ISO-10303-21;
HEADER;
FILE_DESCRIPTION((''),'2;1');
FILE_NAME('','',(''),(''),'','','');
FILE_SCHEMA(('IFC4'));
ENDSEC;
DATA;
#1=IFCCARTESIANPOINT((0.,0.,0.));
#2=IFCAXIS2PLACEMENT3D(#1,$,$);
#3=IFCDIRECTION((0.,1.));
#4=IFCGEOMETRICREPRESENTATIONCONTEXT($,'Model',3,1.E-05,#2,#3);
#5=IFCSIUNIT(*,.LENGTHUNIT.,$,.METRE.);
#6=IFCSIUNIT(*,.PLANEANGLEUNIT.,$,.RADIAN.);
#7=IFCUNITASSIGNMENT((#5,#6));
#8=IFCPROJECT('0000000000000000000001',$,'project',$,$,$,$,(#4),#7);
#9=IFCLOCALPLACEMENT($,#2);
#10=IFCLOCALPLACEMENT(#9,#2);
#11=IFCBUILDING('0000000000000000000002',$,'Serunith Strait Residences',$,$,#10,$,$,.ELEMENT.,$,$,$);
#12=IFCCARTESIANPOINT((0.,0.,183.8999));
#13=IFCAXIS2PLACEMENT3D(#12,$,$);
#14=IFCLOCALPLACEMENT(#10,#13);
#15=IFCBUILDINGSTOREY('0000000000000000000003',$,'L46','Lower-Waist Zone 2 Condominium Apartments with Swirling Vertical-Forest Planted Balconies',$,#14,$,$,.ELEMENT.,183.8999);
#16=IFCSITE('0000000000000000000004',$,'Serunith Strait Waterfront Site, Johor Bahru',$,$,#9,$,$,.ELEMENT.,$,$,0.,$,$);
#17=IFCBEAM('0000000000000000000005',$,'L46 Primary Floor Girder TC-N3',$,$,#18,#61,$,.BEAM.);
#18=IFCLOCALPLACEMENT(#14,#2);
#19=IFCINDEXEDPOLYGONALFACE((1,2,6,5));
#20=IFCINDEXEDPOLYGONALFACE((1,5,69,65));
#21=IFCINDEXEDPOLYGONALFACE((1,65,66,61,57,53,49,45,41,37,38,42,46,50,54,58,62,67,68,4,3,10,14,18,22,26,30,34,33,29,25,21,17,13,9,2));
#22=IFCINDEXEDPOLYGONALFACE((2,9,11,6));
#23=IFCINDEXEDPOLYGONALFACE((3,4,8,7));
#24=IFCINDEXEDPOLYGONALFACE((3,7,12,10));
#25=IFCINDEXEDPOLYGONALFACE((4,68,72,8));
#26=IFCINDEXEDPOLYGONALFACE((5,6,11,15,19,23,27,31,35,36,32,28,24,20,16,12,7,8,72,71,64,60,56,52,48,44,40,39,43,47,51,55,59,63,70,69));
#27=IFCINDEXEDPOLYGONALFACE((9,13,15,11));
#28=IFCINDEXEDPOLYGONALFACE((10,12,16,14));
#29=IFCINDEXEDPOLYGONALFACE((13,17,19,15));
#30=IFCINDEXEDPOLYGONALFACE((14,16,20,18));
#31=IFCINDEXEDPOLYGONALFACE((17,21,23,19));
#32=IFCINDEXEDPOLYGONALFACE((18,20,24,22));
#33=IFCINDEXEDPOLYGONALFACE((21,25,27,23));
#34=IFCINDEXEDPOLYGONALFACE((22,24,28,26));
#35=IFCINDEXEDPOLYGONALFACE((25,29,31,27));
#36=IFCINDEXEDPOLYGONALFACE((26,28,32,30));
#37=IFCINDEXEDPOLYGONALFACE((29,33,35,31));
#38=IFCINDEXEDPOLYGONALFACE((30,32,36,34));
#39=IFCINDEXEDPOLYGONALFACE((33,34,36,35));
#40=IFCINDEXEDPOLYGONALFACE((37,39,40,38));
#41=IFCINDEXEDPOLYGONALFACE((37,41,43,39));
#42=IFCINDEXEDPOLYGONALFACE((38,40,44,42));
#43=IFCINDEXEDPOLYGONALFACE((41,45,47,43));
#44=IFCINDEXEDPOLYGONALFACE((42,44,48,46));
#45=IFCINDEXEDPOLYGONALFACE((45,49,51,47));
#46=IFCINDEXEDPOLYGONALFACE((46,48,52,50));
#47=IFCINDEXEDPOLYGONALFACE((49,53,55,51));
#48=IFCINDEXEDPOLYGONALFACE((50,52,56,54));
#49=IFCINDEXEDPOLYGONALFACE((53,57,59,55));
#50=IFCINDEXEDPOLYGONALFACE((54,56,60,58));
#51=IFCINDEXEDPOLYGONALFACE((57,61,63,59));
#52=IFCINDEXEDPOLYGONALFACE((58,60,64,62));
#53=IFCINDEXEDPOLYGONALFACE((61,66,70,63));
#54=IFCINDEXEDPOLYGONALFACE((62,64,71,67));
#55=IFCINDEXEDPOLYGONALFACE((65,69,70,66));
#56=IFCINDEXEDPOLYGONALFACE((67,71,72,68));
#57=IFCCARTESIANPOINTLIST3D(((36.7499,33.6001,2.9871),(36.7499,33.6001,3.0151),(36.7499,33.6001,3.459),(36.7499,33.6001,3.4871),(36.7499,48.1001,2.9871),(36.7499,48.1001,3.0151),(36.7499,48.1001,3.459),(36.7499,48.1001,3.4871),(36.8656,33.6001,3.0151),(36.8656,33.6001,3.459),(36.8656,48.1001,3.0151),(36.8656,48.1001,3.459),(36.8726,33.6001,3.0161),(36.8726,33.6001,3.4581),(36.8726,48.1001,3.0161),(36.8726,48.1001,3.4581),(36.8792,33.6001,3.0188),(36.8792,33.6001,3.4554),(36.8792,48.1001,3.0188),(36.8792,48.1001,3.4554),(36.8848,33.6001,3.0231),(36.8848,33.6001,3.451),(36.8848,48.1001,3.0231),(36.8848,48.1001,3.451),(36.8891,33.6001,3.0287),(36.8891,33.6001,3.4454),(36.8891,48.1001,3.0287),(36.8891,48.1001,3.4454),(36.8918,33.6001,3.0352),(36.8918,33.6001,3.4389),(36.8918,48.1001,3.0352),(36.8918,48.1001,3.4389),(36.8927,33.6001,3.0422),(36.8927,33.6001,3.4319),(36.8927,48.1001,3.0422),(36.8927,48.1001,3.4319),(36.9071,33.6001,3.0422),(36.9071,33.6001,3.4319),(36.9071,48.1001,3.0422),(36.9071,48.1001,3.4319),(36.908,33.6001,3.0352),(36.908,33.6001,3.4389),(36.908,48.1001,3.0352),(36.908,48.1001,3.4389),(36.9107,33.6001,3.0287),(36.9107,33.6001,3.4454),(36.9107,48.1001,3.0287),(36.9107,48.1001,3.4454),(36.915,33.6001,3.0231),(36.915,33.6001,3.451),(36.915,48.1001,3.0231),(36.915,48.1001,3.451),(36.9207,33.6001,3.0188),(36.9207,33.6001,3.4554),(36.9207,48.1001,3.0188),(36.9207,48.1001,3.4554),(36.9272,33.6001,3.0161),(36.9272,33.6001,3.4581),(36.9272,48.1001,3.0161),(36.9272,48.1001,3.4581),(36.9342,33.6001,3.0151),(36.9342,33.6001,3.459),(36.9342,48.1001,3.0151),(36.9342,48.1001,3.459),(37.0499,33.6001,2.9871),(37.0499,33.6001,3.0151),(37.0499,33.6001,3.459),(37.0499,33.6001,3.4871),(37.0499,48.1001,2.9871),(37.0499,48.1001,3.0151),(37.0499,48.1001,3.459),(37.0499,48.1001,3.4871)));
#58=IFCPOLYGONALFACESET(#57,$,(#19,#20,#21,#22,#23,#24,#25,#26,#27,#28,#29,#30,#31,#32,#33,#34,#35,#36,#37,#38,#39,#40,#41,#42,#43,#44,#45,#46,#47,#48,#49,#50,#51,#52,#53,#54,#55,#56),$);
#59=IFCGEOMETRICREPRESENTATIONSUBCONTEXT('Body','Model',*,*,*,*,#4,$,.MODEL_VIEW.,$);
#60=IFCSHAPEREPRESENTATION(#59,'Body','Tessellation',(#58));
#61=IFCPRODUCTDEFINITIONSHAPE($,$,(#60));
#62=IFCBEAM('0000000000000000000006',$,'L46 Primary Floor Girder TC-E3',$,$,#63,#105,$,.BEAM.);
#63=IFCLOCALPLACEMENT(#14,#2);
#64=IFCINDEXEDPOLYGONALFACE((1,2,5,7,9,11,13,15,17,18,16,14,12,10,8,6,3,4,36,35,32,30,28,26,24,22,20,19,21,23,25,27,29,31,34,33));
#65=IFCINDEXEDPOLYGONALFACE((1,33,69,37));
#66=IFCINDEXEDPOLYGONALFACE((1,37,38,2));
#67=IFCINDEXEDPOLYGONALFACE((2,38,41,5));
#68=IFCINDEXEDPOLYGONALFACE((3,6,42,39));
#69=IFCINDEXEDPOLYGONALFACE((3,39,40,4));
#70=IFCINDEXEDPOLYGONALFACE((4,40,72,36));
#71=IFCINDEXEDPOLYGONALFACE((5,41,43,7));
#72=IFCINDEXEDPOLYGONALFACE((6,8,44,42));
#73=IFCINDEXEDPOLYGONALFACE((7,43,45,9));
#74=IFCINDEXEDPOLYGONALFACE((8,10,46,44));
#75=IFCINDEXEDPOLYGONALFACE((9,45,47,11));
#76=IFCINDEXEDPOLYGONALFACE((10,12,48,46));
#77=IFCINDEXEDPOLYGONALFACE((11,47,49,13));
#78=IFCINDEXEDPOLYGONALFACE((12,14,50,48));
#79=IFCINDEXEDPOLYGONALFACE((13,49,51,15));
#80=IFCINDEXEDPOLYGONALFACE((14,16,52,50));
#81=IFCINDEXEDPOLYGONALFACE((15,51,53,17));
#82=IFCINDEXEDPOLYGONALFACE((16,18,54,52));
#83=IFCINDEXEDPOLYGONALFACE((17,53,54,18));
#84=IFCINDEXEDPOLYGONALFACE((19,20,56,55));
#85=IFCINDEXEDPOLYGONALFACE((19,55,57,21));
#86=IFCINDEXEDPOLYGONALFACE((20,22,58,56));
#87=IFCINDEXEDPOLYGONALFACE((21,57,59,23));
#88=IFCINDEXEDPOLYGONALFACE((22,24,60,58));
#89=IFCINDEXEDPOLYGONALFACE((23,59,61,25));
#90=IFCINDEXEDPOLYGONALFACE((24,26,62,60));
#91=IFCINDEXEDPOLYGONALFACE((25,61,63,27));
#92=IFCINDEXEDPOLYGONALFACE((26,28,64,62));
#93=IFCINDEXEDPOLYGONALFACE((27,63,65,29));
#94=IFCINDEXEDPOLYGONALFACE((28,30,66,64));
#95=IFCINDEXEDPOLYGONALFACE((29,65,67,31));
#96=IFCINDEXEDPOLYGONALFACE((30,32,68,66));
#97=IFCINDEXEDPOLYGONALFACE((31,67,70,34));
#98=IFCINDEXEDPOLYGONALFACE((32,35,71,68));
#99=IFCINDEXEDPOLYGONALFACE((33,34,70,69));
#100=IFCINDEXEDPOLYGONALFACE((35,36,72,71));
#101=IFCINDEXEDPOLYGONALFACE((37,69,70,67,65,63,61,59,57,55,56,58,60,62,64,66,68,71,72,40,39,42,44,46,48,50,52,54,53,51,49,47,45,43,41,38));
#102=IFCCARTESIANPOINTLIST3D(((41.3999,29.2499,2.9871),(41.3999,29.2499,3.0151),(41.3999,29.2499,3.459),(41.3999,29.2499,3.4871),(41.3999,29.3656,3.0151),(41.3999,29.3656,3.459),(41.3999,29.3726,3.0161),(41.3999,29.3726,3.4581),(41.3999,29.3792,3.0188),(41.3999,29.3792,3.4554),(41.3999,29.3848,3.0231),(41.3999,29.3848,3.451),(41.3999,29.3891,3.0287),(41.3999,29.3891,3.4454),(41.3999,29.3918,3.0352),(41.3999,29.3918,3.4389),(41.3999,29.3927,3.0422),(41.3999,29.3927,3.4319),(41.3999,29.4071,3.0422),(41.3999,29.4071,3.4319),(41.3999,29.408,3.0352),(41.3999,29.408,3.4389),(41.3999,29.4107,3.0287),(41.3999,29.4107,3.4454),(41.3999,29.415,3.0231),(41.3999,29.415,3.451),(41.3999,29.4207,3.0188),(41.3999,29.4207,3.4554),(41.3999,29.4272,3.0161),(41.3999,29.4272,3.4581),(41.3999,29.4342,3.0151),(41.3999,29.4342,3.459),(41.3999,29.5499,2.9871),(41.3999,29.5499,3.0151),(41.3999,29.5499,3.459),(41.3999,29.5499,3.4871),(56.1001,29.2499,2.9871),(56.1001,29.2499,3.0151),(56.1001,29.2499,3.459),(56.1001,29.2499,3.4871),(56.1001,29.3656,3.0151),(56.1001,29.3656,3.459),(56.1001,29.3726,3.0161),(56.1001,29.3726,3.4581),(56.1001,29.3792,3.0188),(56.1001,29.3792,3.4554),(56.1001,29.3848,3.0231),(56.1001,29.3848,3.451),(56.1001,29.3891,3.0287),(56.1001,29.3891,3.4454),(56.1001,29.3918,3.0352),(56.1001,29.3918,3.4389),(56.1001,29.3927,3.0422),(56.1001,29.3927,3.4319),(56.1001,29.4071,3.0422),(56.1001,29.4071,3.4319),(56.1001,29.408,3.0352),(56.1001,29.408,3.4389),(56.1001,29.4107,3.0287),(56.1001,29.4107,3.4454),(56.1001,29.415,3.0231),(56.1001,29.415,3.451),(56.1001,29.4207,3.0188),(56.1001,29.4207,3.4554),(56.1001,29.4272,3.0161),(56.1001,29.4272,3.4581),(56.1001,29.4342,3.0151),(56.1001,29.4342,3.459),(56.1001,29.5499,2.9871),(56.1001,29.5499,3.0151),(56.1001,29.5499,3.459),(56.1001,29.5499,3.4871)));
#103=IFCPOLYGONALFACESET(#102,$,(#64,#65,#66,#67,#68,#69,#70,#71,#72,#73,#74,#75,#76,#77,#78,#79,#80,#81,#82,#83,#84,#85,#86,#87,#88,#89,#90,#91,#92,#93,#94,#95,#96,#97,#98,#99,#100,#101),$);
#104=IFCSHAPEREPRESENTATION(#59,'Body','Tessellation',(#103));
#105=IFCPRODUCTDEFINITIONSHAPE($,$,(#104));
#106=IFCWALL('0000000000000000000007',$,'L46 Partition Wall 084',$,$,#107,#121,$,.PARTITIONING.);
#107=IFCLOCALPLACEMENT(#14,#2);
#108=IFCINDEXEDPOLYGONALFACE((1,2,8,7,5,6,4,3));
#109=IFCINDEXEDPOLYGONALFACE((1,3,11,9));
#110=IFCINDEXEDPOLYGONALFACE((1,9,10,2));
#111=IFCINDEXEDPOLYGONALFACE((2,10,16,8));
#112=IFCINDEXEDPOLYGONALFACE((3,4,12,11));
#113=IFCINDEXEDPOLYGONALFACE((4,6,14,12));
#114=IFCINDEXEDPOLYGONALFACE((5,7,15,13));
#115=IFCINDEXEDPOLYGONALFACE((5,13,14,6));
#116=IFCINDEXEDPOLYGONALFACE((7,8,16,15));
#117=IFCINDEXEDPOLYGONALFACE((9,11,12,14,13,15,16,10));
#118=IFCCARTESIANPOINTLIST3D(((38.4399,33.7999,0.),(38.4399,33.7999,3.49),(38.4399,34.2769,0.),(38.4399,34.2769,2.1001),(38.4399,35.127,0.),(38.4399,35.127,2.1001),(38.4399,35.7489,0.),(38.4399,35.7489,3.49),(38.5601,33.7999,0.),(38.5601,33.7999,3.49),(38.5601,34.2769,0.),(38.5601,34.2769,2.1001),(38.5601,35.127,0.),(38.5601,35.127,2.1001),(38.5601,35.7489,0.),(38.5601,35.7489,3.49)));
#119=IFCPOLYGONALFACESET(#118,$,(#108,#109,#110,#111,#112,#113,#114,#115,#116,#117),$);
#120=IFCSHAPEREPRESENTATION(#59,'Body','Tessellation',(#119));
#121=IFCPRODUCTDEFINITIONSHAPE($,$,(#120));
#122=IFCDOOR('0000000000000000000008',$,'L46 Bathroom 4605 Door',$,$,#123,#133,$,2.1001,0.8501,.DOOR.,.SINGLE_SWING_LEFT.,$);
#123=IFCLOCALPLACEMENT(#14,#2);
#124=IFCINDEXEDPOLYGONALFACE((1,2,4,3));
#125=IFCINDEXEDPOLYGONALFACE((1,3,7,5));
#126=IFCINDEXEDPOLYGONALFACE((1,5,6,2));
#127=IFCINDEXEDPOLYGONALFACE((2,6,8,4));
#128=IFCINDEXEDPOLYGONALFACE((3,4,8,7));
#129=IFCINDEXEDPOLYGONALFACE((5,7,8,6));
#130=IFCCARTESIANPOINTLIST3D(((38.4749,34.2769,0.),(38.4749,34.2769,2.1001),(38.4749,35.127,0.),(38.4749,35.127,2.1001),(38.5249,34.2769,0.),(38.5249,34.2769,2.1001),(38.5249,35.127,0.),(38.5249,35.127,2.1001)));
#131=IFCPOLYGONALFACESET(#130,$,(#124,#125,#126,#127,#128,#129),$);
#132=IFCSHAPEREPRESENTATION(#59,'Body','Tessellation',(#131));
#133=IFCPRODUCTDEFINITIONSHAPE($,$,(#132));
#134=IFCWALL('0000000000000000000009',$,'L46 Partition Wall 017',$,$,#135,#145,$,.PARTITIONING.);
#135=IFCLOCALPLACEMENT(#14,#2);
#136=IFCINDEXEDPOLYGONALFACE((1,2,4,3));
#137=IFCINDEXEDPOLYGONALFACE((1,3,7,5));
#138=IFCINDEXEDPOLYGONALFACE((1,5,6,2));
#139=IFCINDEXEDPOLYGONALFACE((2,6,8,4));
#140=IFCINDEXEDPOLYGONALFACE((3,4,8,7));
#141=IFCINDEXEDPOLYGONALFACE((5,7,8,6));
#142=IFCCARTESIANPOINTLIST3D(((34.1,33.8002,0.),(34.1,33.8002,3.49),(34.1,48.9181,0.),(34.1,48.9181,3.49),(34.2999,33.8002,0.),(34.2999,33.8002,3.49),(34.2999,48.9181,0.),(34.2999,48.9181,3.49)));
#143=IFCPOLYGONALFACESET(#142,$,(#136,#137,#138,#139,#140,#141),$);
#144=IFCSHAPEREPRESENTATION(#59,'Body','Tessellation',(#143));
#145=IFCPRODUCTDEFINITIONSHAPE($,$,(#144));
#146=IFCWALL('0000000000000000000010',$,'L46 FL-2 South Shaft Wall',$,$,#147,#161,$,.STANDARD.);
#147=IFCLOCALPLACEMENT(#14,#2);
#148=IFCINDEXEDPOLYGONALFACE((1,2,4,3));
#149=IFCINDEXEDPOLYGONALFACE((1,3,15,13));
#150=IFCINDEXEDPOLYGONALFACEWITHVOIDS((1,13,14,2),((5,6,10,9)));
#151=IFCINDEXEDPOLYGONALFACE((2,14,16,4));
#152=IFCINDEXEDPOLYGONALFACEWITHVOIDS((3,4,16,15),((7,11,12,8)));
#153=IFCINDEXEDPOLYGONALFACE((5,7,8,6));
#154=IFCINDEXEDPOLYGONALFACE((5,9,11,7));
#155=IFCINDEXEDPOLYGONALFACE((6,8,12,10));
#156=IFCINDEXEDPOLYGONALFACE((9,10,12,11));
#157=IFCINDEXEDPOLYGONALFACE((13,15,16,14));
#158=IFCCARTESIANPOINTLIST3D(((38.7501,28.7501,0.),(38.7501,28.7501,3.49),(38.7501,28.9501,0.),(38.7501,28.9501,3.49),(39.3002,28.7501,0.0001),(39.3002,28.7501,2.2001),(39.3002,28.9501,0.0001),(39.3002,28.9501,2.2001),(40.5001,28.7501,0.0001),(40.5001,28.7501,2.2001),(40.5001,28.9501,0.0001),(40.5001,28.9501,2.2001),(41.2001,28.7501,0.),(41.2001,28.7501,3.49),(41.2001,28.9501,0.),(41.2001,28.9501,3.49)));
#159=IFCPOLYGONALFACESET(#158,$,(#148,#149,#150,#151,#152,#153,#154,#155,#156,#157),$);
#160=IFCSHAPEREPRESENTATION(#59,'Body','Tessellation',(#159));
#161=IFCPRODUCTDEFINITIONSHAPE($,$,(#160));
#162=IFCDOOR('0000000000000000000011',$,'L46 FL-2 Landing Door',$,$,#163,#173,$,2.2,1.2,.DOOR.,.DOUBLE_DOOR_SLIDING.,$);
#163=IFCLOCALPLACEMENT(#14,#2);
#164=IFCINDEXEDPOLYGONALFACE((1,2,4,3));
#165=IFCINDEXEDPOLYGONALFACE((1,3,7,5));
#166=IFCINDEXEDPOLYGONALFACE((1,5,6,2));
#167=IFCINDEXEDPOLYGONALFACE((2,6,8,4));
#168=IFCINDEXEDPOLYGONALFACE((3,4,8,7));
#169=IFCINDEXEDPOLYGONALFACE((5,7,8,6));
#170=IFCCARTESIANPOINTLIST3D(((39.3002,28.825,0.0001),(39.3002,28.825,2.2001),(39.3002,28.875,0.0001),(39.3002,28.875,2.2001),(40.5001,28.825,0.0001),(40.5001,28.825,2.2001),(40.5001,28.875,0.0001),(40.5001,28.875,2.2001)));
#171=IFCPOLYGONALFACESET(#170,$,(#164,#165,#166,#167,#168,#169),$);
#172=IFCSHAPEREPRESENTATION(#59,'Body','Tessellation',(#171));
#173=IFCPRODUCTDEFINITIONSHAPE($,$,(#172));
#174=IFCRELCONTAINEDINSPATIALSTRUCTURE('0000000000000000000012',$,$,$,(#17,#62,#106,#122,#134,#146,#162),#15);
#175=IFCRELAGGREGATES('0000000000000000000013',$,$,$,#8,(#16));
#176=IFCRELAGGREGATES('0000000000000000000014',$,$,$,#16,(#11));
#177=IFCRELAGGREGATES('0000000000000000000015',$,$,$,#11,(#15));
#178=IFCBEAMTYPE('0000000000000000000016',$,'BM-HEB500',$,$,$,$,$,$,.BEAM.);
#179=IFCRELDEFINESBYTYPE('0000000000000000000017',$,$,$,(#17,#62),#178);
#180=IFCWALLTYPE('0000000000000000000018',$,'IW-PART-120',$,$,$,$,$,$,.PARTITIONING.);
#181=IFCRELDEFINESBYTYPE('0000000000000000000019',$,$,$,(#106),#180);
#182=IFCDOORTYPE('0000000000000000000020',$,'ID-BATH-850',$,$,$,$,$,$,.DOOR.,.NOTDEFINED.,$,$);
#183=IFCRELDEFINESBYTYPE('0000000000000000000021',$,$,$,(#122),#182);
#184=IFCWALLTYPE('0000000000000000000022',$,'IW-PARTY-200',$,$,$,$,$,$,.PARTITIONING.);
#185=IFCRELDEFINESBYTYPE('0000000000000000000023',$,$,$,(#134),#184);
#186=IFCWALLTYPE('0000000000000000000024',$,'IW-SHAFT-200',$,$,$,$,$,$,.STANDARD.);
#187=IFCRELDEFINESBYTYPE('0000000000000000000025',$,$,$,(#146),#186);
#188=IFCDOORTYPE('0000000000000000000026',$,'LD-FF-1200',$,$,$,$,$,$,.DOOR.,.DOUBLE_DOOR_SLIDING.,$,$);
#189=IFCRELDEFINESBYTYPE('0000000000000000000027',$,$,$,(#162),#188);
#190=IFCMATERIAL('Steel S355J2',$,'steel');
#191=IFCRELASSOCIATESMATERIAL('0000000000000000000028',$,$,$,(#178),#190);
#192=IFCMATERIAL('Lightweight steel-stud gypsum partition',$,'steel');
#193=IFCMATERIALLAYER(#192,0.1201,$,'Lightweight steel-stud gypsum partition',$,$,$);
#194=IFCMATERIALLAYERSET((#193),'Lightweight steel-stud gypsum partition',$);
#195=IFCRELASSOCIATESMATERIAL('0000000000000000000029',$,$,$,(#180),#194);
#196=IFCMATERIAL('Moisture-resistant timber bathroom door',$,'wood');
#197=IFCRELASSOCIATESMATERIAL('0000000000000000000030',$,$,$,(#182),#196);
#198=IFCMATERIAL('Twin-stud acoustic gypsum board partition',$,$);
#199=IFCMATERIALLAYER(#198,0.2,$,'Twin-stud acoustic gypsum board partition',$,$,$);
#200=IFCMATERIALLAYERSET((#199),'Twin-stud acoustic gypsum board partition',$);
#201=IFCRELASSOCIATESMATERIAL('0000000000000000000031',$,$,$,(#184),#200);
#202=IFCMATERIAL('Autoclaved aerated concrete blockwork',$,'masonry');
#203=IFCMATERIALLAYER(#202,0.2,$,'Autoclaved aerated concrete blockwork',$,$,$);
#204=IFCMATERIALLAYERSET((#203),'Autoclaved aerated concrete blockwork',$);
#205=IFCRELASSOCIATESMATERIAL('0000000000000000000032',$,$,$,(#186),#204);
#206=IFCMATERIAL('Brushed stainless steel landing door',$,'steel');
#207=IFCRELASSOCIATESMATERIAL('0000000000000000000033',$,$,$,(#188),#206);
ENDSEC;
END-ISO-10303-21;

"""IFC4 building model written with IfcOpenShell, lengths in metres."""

from ifc_helpers import new_model, si_unit, direction, frame, frame_2d, origin, origin_2d, place, context, subcontext, project, spatial, rectangle, i_section, extrude, source, transform, mapped, material, layer, layer_set, material_profile, profile_set, type_object, element, fill, save


model = new_model("IFC4")

# Units and contexts
model_context = context("Model", 3, precision=1e-05, world=origin(), true_north=direction((0.0, 1.0)))
body_context = subcontext(model_context, "Body", "Model", "MODEL_VIEW")
ifc_project = project(units=[si_unit("LENGTHUNIT", "METRE"), si_unit("PLANEANGLEUNIT", "RADIAN")], contexts=[model_context])

# Site, building, storey
site_placement = place(None, origin())
site = spatial("IfcSite", under=ifc_project, at=site_placement, Name="Serunith Strait Waterfront Site, Johor Bahru", CompositionType="ELEMENT", RefElevation=0.0)
building_placement = place(site_placement, origin())
building = spatial("IfcBuilding", under=site, at=building_placement, Name="Serunith Strait Residences", CompositionType="ELEMENT")
storey_placement = place(building_placement, frame((0.0, 0.0, 183.8999)))
storey = spatial("IfcBuildingStorey", under=building, at=storey_placement, Name="L46", Description="Lower-Waist Zone 2 Condominium Apartments with Swirling Vertical-Forest Planted Balconies", CompositionType="ELEMENT", Elevation=183.8999)

# Beams
ifc_material_1 = material(Name="Steel S355J2", Category="steel")
ifc_material_profile = material_profile(ifc_material_1, i_section(OverallWidth=0.3, OverallDepth=0.5, WebThickness=0.0144, FlangeThickness=0.0281, FilletRadius=0.0271, at=origin_2d()), Name="HEB 500")
ifc_profile_set = profile_set([ifc_material_profile], Name="Steel S355J2")
beam_type = type_object("IfcBeamType", Name="BM-HEB500", PredefinedType="BEAM", material=ifc_profile_set)
shared_shape_1 = source(origin(), body_context, "Body", "SweptSolid", [
    extrude(i_section(OverallWidth=0.3, OverallDepth=0.5, WebThickness=0.0144, FlangeThickness=0.0281, FilletRadius=0.0271, at=origin_2d()), origin(), (0.0, 0.0, 1.0), 14.5),
])
beam_1_placement = place(storey_placement, frame((36.8999, 33.6001, 3.2371), z_axis=(0.0, 1.0, 0.0), x_axis=(-1.0, 0.0, 0.0)))
element("IfcBeam", 1, at=beam_1_placement, inside=storey, type_object=beam_type, Name="L46 Primary Floor Girder TC-N3", PredefinedType="BEAM", context=body_context, shape_type="MappedRepresentation", body=[
    mapped(shared_shape_1, transform((0.0, 0.0, 0.0), scale=1.0)),
])
shared_shape_2 = source(origin(), body_context, "Body", "SweptSolid", [
    extrude(i_section(OverallWidth=0.3, OverallDepth=0.5, WebThickness=0.0144, FlangeThickness=0.0281, FilletRadius=0.0271, at=origin_2d()), origin(), (0.0, 0.0, 1.0), 14.7002),
])
beam_2_placement = place(storey_placement, frame((41.3999, 29.3999, 3.2371), z_axis=(1.0, 0.0, 0.0), x_axis=(0.0, 1.0, 0.0)))
element("IfcBeam", 2, at=beam_2_placement, inside=storey, type_object=beam_type, Name="L46 Primary Floor Girder TC-E3", PredefinedType="BEAM", context=body_context, shape_type="MappedRepresentation", body=[
    mapped(shared_shape_2, transform((0.0, 0.0, 0.0), scale=1.0)),
])

# Wall, opening, door
ifc_material_2 = material(Name="Lightweight steel-stud gypsum partition", Category="steel")
ifc_layer_1 = layer(ifc_material_2, 0.1201, Name="Lightweight steel-stud gypsum partition")
ifc_layer_set_1 = layer_set([ifc_layer_1], Name="Lightweight steel-stud gypsum partition")
wall_type_1 = type_object("IfcWallType", Name="IW-PART-120", PredefinedType="PARTITIONING", material=ifc_layer_set_1)
wall_1_placement = place(storey_placement, frame((38.5, 35.749, 0.0), z_axis=(0.0, 0.0, 1.0), x_axis=(0.0, -1.0, 0.0)))
wall_1 = element("IfcWall", 3, at=wall_1_placement, inside=storey, type_object=wall_type_1, Name="L46 Partition Wall 084", PredefinedType="PARTITIONING", context=body_context, shape_type="SweptSolid", body=[
    extrude(rectangle(XDim=1.949, YDim=0.1201, at=frame_2d((0.9746, 0.0))), origin(), (0.0, 0.0, 1.0), 3.49),
])
opening_1_placement = place(wall_1_placement, frame((0.6221, 0.0, 0.0)))
opening_1 = element("IfcOpeningElement", 4, at=opening_1_placement, cuts=wall_1, PredefinedType="OPENING", context=body_context, shape_type="SweptSolid", body=[
    extrude(rectangle(XDim=0.8501, YDim=2.1001, at=frame_2d((0.425, 1.05))), frame((0.0, 0.0701, 0.0), z_axis=(0.0, -1.0, 0.0), x_axis=(1.0, 0.0, 0.0)), (0.0, 0.0, 1.0), 0.1401),
])
ifc_material_3 = material(Name="Moisture-resistant timber bathroom door", Category="wood")
door_type_1 = type_object("IfcDoorType", Name="ID-BATH-850", OperationType="NOTDEFINED", PredefinedType="DOOR", material=ifc_material_3)
shared_shape_3 = source(origin(), body_context, "Body", "SweptSolid", [
    extrude(rectangle(XDim=0.8501, YDim=2.1001, at=frame_2d((0.425, 1.05))), frame((0.0, 0.0249, 0.0), z_axis=(0.0, -1.0, 0.0), x_axis=(1.0, 0.0, 0.0)), (0.0, 0.0, 1.0), 0.05),
])
door_1_placement = place(opening_1_placement, origin())
door_1 = element("IfcDoor", 5, at=door_1_placement, inside=storey, type_object=door_type_1, Name="L46 Bathroom 4605 Door", OperationType="SINGLE_SWING_LEFT", OverallHeight=2.1001, OverallWidth=0.8501, PredefinedType="DOOR", context=body_context, shape_type="MappedRepresentation", body=[
    mapped(shared_shape_3, transform((0.0, 0.0, 0.0), scale=1.0)),
])
fill(opening_1, door_1)

# Wall
ifc_material_4 = material(Name="Twin-stud acoustic gypsum board partition")
ifc_layer_2 = layer(ifc_material_4, 0.2, Name="Twin-stud acoustic gypsum board partition")
ifc_layer_set_2 = layer_set([ifc_layer_2], Name="Twin-stud acoustic gypsum board partition")
wall_type_2 = type_object("IfcWallType", Name="IW-PARTY-200", PredefinedType="PARTITIONING", material=ifc_layer_set_2)
wall_2_placement = place(storey_placement, frame((34.2, 33.8, 0.0), z_axis=(0.0, 0.0, 1.0), x_axis=(0.0, 1.0, 0.0)))
element("IfcWall", 6, at=wall_2_placement, inside=storey, type_object=wall_type_2, Name="L46 Partition Wall 017", PredefinedType="PARTITIONING", context=body_context, shape_type="SweptSolid", body=[
    extrude(rectangle(XDim=15.1179, YDim=0.2, at=frame_2d((7.5591, 0.0))), origin(), (0.0, 0.0, 1.0), 3.49),
])

# Wall, opening, door
ifc_material_5 = material(Name="Autoclaved aerated concrete blockwork", Category="masonry")
ifc_layer_3 = layer(ifc_material_5, 0.2, Name="Autoclaved aerated concrete blockwork")
ifc_layer_set_3 = layer_set([ifc_layer_3], Name="Autoclaved aerated concrete blockwork")
wall_type_3 = type_object("IfcWallType", Name="IW-SHAFT-200", PredefinedType="STANDARD", material=ifc_layer_set_3)
wall_3_placement = place(storey_placement, frame((38.75, 28.8501, 0.0), z_axis=(0.0, 0.0, 1.0), x_axis=(1.0, 0.0, 0.0)))
wall_3 = element("IfcWall", 7, at=wall_3_placement, inside=storey, type_object=wall_type_3, Name="L46 FL-2 South Shaft Wall", PredefinedType="STANDARD", context=body_context, shape_type="SweptSolid", body=[
    extrude(rectangle(XDim=2.45, YDim=0.2, at=frame_2d((1.2251, 0.0))), origin(), (0.0, 0.0, 1.0), 3.49),
])
opening_2_placement = place(wall_3_placement, frame((0.55, 0.0, 0.0)))
opening_2 = element("IfcOpeningElement", 8, at=opening_2_placement, cuts=wall_3, PredefinedType="OPENING", context=body_context, shape_type="SweptSolid", body=[
    extrude(rectangle(XDim=1.2, YDim=2.2, at=frame_2d((0.6001, 1.1001))), frame((0.0, 0.1099, 0.0), z_axis=(0.0, -1.0, 0.0), x_axis=(1.0, 0.0, 0.0)), (0.0, 0.0, 1.0), 0.22),
])
ifc_material_6 = material(Name="Brushed stainless steel landing door", Category="steel")
door_type_2 = type_object("IfcDoorType", Name="LD-FF-1200", OperationType="DOUBLE_DOOR_SLIDING", PredefinedType="DOOR", material=ifc_material_6)
shared_shape_4 = source(origin(), body_context, "Body", "SweptSolid", [
    extrude(rectangle(XDim=1.2, YDim=2.2, at=frame_2d((0.6001, 1.1001))), frame((0.0, 0.0249, 0.0), z_axis=(0.0, -1.0, 0.0), x_axis=(1.0, 0.0, 0.0)), (0.0, 0.0, 1.0), 0.05),
])
door_2_placement = place(opening_2_placement, origin())
door_2 = element("IfcDoor", 9, at=door_2_placement, inside=storey, type_object=door_type_2, Name="L46 FL-2 Landing Door", OperationType="DOUBLE_DOOR_SLIDING", OverallHeight=2.2, OverallWidth=1.2, PredefinedType="DOOR", context=body_context, shape_type="MappedRepresentation", body=[
    mapped(shared_shape_4, transform((0.0, 0.0, 0.0), scale=1.0)),
])
fill(opening_2, door_2)

save(model, "model.ifc")
